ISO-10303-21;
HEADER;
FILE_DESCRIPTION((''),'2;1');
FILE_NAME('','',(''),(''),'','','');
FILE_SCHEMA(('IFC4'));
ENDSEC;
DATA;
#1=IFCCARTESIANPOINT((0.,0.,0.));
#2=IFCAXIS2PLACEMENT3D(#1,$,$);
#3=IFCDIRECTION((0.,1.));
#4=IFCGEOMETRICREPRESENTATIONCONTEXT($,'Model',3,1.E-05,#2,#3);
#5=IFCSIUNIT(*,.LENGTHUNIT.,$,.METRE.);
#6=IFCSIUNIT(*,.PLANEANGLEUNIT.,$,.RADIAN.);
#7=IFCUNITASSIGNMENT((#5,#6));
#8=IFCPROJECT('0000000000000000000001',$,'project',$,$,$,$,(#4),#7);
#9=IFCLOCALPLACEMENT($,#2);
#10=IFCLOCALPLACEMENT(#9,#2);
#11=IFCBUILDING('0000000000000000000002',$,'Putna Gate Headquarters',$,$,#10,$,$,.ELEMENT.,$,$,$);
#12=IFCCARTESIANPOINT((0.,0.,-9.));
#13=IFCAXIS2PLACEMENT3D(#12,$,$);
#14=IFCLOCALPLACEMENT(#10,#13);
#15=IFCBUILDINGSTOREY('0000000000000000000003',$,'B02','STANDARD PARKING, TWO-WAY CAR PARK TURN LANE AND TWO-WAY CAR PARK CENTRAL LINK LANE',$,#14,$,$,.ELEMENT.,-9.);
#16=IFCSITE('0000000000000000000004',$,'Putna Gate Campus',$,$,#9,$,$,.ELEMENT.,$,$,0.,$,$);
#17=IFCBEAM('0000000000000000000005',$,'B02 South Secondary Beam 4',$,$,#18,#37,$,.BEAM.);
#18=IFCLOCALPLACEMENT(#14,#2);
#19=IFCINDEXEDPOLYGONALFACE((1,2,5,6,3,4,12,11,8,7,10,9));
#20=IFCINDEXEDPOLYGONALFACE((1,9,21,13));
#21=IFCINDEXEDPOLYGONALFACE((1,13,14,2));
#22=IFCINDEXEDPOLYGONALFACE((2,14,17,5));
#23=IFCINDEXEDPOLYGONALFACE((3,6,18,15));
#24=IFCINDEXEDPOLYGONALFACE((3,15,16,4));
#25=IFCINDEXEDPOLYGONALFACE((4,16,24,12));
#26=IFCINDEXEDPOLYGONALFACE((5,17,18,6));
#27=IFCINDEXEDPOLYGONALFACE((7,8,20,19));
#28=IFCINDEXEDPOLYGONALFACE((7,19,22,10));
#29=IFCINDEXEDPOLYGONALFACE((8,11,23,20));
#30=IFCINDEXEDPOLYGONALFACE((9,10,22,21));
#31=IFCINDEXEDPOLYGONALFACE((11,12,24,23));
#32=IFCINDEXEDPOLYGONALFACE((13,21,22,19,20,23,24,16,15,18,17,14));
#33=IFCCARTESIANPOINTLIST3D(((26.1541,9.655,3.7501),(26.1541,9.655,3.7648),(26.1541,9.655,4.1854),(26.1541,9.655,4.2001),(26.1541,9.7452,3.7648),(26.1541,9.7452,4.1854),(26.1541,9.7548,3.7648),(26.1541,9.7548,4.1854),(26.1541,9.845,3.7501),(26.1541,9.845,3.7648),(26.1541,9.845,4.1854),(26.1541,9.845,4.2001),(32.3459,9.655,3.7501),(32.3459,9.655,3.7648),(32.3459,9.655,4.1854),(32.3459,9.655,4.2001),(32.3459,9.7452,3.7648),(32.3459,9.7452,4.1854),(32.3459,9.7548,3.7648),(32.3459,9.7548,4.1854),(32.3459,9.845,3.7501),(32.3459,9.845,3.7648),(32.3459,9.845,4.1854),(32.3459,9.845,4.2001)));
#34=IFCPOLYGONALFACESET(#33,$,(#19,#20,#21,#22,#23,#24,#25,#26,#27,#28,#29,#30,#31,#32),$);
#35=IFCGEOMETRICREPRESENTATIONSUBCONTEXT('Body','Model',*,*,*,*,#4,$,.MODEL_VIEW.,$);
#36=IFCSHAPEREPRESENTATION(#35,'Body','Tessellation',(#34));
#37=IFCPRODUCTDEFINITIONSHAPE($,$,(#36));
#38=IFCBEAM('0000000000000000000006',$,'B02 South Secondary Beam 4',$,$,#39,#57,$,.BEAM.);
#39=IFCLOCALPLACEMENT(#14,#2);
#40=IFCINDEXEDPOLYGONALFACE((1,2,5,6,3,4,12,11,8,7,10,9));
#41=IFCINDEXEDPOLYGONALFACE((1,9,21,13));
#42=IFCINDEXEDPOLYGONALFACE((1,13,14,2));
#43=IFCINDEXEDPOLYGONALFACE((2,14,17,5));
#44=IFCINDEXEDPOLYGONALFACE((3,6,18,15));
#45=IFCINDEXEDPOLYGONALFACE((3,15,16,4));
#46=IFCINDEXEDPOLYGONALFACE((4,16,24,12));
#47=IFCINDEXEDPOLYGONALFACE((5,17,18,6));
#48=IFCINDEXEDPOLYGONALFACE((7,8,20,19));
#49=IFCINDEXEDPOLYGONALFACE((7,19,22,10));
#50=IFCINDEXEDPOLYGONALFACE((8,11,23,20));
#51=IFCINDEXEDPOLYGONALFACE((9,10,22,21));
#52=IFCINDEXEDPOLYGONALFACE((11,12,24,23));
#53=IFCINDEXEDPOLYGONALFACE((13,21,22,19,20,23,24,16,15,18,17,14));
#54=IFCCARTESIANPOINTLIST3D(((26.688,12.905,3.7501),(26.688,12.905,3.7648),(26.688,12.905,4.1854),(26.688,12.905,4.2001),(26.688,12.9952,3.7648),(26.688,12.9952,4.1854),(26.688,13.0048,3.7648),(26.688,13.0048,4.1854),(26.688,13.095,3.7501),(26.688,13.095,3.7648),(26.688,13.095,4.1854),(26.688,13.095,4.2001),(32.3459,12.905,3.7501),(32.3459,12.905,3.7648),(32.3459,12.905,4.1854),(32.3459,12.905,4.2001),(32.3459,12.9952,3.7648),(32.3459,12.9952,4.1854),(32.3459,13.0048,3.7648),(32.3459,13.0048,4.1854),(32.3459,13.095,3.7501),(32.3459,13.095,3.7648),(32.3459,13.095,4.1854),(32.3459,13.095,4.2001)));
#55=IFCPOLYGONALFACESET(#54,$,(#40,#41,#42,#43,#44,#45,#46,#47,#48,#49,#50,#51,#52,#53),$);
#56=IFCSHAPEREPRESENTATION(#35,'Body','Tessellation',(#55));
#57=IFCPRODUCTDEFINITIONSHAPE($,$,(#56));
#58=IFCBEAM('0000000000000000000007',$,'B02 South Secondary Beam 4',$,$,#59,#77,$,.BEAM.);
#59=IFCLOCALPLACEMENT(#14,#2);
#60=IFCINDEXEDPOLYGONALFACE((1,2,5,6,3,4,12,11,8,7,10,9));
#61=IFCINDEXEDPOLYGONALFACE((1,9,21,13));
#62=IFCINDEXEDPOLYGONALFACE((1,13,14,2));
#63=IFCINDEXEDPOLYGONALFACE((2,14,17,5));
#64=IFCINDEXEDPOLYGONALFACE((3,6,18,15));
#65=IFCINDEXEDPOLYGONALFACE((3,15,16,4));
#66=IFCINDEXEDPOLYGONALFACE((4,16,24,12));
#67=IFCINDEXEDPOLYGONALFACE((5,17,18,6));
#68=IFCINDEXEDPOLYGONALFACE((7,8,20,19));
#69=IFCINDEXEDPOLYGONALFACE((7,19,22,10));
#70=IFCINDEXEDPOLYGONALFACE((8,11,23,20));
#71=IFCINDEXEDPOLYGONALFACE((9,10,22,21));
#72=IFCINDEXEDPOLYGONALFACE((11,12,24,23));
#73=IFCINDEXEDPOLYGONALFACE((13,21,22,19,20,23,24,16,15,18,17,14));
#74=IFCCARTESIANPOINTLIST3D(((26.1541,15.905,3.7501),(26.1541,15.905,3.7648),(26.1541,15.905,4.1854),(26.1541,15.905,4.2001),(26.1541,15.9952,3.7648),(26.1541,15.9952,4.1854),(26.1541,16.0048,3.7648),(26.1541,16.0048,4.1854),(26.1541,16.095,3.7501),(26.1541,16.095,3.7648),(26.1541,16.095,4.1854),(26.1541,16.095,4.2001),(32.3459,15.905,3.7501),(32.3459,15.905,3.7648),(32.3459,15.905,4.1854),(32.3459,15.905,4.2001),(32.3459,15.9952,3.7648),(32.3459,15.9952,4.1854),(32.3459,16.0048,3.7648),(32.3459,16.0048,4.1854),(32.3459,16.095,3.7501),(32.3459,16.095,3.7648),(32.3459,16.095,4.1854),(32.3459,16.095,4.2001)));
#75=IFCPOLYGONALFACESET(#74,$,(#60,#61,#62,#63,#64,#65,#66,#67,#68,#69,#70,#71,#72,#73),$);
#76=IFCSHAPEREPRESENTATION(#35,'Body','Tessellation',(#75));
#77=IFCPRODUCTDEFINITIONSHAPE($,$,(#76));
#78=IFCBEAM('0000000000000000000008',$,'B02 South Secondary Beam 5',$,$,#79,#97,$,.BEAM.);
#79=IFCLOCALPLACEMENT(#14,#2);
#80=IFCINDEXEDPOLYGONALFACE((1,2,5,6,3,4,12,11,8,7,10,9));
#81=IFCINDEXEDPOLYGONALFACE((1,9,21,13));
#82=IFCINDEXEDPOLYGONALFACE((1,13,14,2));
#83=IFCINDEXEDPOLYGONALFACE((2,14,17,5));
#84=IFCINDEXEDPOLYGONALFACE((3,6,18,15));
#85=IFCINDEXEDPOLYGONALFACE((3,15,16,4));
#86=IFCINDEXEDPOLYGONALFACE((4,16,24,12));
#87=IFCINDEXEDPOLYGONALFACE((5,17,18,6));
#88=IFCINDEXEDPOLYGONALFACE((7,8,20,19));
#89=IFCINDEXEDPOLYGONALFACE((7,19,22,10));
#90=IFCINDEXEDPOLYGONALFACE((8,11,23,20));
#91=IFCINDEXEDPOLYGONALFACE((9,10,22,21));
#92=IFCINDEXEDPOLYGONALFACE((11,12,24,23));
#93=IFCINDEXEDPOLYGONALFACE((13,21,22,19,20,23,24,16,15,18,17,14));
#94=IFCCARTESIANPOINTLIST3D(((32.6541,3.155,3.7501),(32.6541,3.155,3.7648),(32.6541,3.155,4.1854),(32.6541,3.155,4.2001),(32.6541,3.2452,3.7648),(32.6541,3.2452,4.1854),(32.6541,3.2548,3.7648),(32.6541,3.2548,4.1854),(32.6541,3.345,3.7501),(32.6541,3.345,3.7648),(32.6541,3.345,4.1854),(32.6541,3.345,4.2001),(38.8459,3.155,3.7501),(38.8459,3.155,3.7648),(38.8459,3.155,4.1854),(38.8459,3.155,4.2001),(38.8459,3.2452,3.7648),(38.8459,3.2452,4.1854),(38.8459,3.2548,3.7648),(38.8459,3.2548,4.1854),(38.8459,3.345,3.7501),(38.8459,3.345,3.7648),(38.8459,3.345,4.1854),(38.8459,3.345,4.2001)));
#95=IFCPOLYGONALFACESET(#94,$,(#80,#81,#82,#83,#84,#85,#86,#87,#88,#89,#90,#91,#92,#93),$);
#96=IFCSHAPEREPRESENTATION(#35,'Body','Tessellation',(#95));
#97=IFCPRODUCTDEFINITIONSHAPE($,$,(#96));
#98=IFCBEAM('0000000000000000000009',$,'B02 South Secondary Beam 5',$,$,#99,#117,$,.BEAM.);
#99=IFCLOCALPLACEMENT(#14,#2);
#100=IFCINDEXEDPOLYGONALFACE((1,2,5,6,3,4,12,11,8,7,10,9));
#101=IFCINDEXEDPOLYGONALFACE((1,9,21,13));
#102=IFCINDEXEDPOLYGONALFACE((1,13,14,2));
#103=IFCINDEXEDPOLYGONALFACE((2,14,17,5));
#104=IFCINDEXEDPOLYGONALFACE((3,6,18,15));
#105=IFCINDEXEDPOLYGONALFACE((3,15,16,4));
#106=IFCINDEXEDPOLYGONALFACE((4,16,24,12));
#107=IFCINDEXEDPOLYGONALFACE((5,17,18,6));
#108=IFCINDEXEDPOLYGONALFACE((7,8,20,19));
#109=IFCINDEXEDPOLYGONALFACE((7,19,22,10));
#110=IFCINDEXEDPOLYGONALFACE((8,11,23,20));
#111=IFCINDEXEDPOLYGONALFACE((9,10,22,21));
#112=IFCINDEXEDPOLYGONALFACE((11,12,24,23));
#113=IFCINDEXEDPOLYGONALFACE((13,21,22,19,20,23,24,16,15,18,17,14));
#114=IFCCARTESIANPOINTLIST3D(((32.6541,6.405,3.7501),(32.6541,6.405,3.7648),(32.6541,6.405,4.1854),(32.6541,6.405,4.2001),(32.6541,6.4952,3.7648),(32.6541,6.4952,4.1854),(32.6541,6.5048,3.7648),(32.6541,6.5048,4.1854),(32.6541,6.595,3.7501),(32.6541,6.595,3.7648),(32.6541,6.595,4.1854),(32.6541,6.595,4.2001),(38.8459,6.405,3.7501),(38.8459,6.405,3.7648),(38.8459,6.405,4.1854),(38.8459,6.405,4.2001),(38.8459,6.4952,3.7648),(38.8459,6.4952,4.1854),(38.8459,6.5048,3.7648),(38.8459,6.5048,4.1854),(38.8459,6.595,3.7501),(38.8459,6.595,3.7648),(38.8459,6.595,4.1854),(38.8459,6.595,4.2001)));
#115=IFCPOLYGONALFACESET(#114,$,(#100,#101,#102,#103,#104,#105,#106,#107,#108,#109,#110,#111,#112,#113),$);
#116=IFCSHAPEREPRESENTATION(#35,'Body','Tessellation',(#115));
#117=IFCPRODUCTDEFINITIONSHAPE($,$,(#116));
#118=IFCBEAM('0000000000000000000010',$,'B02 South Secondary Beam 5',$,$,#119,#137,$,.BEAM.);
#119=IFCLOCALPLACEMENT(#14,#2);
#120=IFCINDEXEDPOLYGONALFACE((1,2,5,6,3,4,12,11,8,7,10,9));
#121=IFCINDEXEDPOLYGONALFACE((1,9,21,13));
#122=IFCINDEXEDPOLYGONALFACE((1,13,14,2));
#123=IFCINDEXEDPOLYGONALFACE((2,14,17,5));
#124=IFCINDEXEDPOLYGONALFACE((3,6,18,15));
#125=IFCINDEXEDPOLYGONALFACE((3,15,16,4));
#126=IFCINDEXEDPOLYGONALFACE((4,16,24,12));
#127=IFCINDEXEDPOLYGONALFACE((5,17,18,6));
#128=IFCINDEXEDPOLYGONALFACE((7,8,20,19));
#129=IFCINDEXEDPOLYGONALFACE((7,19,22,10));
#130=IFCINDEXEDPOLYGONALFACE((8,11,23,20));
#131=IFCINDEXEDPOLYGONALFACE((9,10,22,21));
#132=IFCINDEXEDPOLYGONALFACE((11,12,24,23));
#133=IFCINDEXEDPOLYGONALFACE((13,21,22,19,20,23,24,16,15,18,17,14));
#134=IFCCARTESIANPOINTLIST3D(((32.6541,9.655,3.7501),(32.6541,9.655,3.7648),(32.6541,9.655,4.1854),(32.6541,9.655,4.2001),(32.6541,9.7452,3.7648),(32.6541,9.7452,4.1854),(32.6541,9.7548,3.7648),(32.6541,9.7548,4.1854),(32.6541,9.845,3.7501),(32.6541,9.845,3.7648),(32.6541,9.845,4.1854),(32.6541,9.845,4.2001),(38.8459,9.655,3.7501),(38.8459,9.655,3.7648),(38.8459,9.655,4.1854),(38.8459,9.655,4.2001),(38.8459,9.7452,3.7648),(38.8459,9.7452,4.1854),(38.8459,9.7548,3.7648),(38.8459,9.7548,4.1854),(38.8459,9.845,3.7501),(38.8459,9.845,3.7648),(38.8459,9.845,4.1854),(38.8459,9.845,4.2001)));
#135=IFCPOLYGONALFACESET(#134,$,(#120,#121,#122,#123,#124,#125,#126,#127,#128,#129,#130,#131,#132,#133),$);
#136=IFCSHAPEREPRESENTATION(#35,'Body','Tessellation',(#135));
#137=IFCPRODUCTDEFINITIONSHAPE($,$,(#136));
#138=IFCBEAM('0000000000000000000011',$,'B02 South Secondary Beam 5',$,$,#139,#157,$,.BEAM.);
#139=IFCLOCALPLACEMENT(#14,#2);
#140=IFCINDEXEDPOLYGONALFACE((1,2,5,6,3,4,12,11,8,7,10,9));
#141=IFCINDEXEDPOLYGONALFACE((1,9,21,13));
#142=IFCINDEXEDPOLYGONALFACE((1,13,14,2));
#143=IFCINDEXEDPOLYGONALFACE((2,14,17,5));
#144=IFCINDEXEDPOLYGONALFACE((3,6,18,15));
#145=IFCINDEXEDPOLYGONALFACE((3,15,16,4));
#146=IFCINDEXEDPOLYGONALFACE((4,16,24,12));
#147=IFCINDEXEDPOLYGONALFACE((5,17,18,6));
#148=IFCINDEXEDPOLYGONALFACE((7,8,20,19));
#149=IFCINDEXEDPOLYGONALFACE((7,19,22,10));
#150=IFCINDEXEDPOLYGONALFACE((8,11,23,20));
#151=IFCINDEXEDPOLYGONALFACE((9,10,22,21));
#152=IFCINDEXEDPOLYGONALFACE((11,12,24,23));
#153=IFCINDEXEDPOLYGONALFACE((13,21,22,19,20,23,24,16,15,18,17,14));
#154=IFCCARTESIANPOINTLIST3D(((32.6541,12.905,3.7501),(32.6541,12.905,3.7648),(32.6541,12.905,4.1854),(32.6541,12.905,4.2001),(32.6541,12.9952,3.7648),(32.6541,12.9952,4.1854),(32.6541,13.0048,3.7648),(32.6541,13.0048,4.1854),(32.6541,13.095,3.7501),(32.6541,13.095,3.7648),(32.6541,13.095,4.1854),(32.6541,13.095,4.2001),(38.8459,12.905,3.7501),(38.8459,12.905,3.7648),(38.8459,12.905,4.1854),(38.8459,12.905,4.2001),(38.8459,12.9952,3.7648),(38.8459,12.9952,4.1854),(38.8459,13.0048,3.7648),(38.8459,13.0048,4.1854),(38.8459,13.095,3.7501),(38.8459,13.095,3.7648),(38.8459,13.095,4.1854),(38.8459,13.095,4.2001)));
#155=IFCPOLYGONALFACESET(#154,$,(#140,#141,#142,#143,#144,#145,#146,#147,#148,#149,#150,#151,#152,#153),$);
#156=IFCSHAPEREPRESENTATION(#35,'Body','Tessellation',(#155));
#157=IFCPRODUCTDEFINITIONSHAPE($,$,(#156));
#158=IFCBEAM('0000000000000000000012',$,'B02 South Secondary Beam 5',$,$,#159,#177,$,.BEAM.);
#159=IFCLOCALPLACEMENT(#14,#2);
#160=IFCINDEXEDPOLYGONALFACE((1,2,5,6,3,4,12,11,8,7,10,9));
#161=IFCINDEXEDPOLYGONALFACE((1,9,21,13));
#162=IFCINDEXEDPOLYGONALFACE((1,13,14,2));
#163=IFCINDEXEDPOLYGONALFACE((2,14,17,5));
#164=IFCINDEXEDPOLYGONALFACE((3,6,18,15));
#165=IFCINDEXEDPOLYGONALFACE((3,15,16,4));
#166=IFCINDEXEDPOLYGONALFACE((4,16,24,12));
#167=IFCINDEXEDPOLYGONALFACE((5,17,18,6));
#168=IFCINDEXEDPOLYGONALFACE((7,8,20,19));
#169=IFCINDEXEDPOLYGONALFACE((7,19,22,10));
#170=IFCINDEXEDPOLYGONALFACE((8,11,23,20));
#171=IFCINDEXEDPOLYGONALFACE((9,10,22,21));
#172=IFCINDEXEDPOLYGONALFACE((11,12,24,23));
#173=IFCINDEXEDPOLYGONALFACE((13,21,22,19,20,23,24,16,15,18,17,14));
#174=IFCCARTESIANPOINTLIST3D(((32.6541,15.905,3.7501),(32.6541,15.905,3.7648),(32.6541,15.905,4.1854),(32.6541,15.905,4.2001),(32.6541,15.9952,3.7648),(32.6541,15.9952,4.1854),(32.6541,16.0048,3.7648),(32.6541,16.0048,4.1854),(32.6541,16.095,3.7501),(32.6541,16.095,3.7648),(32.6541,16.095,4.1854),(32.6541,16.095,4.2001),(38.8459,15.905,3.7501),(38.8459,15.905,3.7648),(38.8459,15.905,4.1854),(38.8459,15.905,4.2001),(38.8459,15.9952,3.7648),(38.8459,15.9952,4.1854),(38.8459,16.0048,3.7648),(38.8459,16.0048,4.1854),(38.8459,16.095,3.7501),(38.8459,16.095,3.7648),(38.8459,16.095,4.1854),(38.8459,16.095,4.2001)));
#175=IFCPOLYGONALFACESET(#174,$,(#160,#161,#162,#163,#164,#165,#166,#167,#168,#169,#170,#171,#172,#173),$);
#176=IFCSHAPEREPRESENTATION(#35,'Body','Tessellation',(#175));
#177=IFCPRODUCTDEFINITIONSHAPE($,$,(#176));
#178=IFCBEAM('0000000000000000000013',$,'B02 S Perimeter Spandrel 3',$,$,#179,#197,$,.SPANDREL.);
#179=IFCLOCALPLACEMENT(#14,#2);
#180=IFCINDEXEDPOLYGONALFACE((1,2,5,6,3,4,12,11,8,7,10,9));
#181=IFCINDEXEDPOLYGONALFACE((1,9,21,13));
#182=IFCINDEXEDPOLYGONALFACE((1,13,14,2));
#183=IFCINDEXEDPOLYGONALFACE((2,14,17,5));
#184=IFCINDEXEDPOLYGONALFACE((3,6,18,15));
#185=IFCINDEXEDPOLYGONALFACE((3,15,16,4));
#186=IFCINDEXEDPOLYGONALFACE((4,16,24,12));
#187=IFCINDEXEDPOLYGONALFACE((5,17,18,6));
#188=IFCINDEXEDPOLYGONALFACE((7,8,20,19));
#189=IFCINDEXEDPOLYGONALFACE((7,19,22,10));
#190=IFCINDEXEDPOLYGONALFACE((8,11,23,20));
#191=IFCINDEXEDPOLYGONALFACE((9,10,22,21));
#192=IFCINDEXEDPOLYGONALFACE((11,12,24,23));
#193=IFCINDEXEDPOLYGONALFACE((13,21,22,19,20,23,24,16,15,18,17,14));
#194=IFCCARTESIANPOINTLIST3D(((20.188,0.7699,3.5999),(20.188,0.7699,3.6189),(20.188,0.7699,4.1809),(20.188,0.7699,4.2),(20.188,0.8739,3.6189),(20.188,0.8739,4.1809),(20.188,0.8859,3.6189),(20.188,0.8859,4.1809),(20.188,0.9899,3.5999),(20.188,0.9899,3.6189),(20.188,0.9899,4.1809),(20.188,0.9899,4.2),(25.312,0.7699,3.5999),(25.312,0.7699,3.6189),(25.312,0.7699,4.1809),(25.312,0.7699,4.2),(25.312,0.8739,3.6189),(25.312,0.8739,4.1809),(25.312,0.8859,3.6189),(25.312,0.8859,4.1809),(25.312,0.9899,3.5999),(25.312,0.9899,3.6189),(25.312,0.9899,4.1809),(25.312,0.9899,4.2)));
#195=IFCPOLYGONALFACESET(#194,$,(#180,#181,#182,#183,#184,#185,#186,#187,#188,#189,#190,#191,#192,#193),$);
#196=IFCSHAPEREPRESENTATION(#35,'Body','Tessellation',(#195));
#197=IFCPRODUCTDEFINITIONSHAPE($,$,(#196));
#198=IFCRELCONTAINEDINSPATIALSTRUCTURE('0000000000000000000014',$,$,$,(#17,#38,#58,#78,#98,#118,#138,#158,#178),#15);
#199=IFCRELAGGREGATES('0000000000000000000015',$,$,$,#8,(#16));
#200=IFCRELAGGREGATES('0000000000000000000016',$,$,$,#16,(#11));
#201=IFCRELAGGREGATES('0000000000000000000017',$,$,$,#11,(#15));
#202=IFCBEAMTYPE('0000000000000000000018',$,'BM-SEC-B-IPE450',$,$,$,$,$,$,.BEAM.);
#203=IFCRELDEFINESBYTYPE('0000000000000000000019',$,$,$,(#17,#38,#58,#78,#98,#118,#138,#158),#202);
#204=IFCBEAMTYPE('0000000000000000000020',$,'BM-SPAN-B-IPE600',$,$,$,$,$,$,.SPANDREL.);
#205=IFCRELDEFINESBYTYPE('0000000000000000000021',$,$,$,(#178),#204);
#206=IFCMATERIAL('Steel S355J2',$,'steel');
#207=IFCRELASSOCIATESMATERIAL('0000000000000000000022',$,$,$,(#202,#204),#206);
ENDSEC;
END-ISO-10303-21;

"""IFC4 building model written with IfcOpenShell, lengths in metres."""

from ifc_helpers import new_model, si_unit, direction, frame, origin, origin_2d, place, context, subcontext, project, spatial, i_section, extrude, material, material_profile, profile_set, type_object, element, save


model = new_model("IFC4")

# Units and contexts
model_context = context("Model", 3, precision=1e-05, world=origin(), true_north=direction((0.0, 1.0)))
body_context = subcontext(model_context, "Body", "Model", "MODEL_VIEW")
ifc_project = project(units=[si_unit("LENGTHUNIT", "METRE"), si_unit("PLANEANGLEUNIT", "RADIAN")], contexts=[model_context])

# Site, building, storey
site_placement = place(None, origin())
site = spatial("IfcSite", under=ifc_project, at=site_placement, Name="Putna Gate Campus", CompositionType="ELEMENT", RefElevation=0.0)
building_placement = place(site_placement, origin())
building = spatial("IfcBuilding", under=site, at=building_placement, Name="Putna Gate Headquarters", CompositionType="ELEMENT")
storey_placement = place(building_placement, frame((0.0, 0.0, -9.0)))
storey = spatial("IfcBuildingStorey", under=building, at=storey_placement, Name="B02", Description="STANDARD PARKING, TWO-WAY CAR PARK TURN LANE AND TWO-WAY CAR PARK CENTRAL LINK LANE", CompositionType="ELEMENT", Elevation=-9.0)

# Beams
ifc_material_1 = material(Name="Steel S355J2", Category="steel")
ifc_material_profile_1 = material_profile(ifc_material_1, i_section(OverallWidth=0.1899, OverallDepth=0.45, WebThickness=0.0095, FlangeThickness=0.0146, at=origin_2d()), Name="Steel S355J2")
ifc_profile_set_1 = profile_set([ifc_material_profile_1], Name="Steel S355J2")
beam_type_1 = type_object("IfcBeamType", Name="BM-SEC-B-IPE450", PredefinedType="BEAM", material=ifc_profile_set_1)
for number, where, z_axis, x_axis, name in (
    (1, (26.1541, 9.75, 3.9751), (1.0, 0.0, 0.0), (0.0, 1.0, 0.0), "B02 South Secondary Beam 4"),
):
    element("IfcBeam", number, at=place(storey_placement, frame(where, z_axis=z_axis, x_axis=x_axis)), inside=storey, type_object=beam_type_1, Name=name, PredefinedType="BEAM", context=body_context, shape_type="SweptSolid", body=[
        extrude(i_section(OverallWidth=0.1899, OverallDepth=0.45, WebThickness=0.0095, FlangeThickness=0.0146, at=origin_2d()), origin(), (0.0, 0.0, 1.0), 6.1919),
    ])
beam_1_placement = place(storey_placement, frame((26.688, 13.0, 3.9751), z_axis=(1.0, 0.0, 0.0), x_axis=(0.0, 1.0, 0.0)))
element("IfcBeam", 2, at=beam_1_placement, inside=storey, type_object=beam_type_1, Name="B02 South Secondary Beam 4", PredefinedType="BEAM", context=body_context, shape_type="SweptSolid", body=[
    extrude(i_section(OverallWidth=0.1899, OverallDepth=0.45, WebThickness=0.0095, FlangeThickness=0.0146, at=origin_2d()), origin(), (0.0, 0.0, 1.0), 5.658),
])
for number, where, z_axis, x_axis, name in (
    (3, (26.1541, 16.0, 3.9751), (1.0, 0.0, 0.0), (0.0, 1.0, 0.0), "B02 South Secondary Beam 4"),
    (4, (32.6541, 3.25, 3.9751), (1.0, 0.0, 0.0), (0.0, 1.0, 0.0), "B02 South Secondary Beam 5"),
    (5, (32.6541, 6.5, 3.9751), (1.0, 0.0, 0.0), (0.0, 1.0, 0.0), "B02 South Secondary Beam 5"),
    (6, (32.6541, 9.75, 3.9751), (1.0, 0.0, 0.0), (0.0, 1.0, 0.0), "B02 South Secondary Beam 5"),
    (7, (32.6541, 13.0, 3.9751), (1.0, 0.0, 0.0), (0.0, 1.0, 0.0), "B02 South Secondary Beam 5"),
    (8, (32.6541, 16.0, 3.9751), (1.0, 0.0, 0.0), (0.0, 1.0, 0.0), "B02 South Secondary Beam 5"),
):
    element("IfcBeam", number, at=place(storey_placement, frame(where, z_axis=z_axis, x_axis=x_axis)), inside=storey, type_object=beam_type_1, Name=name, PredefinedType="BEAM", context=body_context, shape_type="SweptSolid", body=[
        extrude(i_section(OverallWidth=0.1899, OverallDepth=0.45, WebThickness=0.0095, FlangeThickness=0.0146, at=origin_2d()), origin(), (0.0, 0.0, 1.0), 6.1919),
    ])
ifc_material_profile_2 = material_profile(ifc_material_1, i_section(OverallWidth=0.22, OverallDepth=0.6001, WebThickness=0.012, FlangeThickness=0.019, at=origin_2d()), Name="Steel S355J2")
ifc_profile_set_2 = profile_set([ifc_material_profile_2], Name="Steel S355J2")
beam_type_2 = type_object("IfcBeamType", Name="BM-SPAN-B-IPE600", PredefinedType="SPANDREL", material=ifc_profile_set_2)
for number, where, z_axis, x_axis, name in (
    (9, (20.188, 0.8799, 3.8999), (1.0, 0.0, 0.0), (0.0, 1.0, 0.0), "B02 S Perimeter Spandrel 3"),
):
    element("IfcBeam", number, at=place(storey_placement, frame(where, z_axis=z_axis, x_axis=x_axis)), inside=storey, type_object=beam_type_2, Name=name, PredefinedType="SPANDREL", context=body_context, shape_type="SweptSolid", body=[
        extrude(i_section(OverallWidth=0.22, OverallDepth=0.6001, WebThickness=0.012, FlangeThickness=0.019, at=origin_2d()), origin(), (0.0, 0.0, 1.0), 5.124),
    ])

save(model, "model.ifc")
